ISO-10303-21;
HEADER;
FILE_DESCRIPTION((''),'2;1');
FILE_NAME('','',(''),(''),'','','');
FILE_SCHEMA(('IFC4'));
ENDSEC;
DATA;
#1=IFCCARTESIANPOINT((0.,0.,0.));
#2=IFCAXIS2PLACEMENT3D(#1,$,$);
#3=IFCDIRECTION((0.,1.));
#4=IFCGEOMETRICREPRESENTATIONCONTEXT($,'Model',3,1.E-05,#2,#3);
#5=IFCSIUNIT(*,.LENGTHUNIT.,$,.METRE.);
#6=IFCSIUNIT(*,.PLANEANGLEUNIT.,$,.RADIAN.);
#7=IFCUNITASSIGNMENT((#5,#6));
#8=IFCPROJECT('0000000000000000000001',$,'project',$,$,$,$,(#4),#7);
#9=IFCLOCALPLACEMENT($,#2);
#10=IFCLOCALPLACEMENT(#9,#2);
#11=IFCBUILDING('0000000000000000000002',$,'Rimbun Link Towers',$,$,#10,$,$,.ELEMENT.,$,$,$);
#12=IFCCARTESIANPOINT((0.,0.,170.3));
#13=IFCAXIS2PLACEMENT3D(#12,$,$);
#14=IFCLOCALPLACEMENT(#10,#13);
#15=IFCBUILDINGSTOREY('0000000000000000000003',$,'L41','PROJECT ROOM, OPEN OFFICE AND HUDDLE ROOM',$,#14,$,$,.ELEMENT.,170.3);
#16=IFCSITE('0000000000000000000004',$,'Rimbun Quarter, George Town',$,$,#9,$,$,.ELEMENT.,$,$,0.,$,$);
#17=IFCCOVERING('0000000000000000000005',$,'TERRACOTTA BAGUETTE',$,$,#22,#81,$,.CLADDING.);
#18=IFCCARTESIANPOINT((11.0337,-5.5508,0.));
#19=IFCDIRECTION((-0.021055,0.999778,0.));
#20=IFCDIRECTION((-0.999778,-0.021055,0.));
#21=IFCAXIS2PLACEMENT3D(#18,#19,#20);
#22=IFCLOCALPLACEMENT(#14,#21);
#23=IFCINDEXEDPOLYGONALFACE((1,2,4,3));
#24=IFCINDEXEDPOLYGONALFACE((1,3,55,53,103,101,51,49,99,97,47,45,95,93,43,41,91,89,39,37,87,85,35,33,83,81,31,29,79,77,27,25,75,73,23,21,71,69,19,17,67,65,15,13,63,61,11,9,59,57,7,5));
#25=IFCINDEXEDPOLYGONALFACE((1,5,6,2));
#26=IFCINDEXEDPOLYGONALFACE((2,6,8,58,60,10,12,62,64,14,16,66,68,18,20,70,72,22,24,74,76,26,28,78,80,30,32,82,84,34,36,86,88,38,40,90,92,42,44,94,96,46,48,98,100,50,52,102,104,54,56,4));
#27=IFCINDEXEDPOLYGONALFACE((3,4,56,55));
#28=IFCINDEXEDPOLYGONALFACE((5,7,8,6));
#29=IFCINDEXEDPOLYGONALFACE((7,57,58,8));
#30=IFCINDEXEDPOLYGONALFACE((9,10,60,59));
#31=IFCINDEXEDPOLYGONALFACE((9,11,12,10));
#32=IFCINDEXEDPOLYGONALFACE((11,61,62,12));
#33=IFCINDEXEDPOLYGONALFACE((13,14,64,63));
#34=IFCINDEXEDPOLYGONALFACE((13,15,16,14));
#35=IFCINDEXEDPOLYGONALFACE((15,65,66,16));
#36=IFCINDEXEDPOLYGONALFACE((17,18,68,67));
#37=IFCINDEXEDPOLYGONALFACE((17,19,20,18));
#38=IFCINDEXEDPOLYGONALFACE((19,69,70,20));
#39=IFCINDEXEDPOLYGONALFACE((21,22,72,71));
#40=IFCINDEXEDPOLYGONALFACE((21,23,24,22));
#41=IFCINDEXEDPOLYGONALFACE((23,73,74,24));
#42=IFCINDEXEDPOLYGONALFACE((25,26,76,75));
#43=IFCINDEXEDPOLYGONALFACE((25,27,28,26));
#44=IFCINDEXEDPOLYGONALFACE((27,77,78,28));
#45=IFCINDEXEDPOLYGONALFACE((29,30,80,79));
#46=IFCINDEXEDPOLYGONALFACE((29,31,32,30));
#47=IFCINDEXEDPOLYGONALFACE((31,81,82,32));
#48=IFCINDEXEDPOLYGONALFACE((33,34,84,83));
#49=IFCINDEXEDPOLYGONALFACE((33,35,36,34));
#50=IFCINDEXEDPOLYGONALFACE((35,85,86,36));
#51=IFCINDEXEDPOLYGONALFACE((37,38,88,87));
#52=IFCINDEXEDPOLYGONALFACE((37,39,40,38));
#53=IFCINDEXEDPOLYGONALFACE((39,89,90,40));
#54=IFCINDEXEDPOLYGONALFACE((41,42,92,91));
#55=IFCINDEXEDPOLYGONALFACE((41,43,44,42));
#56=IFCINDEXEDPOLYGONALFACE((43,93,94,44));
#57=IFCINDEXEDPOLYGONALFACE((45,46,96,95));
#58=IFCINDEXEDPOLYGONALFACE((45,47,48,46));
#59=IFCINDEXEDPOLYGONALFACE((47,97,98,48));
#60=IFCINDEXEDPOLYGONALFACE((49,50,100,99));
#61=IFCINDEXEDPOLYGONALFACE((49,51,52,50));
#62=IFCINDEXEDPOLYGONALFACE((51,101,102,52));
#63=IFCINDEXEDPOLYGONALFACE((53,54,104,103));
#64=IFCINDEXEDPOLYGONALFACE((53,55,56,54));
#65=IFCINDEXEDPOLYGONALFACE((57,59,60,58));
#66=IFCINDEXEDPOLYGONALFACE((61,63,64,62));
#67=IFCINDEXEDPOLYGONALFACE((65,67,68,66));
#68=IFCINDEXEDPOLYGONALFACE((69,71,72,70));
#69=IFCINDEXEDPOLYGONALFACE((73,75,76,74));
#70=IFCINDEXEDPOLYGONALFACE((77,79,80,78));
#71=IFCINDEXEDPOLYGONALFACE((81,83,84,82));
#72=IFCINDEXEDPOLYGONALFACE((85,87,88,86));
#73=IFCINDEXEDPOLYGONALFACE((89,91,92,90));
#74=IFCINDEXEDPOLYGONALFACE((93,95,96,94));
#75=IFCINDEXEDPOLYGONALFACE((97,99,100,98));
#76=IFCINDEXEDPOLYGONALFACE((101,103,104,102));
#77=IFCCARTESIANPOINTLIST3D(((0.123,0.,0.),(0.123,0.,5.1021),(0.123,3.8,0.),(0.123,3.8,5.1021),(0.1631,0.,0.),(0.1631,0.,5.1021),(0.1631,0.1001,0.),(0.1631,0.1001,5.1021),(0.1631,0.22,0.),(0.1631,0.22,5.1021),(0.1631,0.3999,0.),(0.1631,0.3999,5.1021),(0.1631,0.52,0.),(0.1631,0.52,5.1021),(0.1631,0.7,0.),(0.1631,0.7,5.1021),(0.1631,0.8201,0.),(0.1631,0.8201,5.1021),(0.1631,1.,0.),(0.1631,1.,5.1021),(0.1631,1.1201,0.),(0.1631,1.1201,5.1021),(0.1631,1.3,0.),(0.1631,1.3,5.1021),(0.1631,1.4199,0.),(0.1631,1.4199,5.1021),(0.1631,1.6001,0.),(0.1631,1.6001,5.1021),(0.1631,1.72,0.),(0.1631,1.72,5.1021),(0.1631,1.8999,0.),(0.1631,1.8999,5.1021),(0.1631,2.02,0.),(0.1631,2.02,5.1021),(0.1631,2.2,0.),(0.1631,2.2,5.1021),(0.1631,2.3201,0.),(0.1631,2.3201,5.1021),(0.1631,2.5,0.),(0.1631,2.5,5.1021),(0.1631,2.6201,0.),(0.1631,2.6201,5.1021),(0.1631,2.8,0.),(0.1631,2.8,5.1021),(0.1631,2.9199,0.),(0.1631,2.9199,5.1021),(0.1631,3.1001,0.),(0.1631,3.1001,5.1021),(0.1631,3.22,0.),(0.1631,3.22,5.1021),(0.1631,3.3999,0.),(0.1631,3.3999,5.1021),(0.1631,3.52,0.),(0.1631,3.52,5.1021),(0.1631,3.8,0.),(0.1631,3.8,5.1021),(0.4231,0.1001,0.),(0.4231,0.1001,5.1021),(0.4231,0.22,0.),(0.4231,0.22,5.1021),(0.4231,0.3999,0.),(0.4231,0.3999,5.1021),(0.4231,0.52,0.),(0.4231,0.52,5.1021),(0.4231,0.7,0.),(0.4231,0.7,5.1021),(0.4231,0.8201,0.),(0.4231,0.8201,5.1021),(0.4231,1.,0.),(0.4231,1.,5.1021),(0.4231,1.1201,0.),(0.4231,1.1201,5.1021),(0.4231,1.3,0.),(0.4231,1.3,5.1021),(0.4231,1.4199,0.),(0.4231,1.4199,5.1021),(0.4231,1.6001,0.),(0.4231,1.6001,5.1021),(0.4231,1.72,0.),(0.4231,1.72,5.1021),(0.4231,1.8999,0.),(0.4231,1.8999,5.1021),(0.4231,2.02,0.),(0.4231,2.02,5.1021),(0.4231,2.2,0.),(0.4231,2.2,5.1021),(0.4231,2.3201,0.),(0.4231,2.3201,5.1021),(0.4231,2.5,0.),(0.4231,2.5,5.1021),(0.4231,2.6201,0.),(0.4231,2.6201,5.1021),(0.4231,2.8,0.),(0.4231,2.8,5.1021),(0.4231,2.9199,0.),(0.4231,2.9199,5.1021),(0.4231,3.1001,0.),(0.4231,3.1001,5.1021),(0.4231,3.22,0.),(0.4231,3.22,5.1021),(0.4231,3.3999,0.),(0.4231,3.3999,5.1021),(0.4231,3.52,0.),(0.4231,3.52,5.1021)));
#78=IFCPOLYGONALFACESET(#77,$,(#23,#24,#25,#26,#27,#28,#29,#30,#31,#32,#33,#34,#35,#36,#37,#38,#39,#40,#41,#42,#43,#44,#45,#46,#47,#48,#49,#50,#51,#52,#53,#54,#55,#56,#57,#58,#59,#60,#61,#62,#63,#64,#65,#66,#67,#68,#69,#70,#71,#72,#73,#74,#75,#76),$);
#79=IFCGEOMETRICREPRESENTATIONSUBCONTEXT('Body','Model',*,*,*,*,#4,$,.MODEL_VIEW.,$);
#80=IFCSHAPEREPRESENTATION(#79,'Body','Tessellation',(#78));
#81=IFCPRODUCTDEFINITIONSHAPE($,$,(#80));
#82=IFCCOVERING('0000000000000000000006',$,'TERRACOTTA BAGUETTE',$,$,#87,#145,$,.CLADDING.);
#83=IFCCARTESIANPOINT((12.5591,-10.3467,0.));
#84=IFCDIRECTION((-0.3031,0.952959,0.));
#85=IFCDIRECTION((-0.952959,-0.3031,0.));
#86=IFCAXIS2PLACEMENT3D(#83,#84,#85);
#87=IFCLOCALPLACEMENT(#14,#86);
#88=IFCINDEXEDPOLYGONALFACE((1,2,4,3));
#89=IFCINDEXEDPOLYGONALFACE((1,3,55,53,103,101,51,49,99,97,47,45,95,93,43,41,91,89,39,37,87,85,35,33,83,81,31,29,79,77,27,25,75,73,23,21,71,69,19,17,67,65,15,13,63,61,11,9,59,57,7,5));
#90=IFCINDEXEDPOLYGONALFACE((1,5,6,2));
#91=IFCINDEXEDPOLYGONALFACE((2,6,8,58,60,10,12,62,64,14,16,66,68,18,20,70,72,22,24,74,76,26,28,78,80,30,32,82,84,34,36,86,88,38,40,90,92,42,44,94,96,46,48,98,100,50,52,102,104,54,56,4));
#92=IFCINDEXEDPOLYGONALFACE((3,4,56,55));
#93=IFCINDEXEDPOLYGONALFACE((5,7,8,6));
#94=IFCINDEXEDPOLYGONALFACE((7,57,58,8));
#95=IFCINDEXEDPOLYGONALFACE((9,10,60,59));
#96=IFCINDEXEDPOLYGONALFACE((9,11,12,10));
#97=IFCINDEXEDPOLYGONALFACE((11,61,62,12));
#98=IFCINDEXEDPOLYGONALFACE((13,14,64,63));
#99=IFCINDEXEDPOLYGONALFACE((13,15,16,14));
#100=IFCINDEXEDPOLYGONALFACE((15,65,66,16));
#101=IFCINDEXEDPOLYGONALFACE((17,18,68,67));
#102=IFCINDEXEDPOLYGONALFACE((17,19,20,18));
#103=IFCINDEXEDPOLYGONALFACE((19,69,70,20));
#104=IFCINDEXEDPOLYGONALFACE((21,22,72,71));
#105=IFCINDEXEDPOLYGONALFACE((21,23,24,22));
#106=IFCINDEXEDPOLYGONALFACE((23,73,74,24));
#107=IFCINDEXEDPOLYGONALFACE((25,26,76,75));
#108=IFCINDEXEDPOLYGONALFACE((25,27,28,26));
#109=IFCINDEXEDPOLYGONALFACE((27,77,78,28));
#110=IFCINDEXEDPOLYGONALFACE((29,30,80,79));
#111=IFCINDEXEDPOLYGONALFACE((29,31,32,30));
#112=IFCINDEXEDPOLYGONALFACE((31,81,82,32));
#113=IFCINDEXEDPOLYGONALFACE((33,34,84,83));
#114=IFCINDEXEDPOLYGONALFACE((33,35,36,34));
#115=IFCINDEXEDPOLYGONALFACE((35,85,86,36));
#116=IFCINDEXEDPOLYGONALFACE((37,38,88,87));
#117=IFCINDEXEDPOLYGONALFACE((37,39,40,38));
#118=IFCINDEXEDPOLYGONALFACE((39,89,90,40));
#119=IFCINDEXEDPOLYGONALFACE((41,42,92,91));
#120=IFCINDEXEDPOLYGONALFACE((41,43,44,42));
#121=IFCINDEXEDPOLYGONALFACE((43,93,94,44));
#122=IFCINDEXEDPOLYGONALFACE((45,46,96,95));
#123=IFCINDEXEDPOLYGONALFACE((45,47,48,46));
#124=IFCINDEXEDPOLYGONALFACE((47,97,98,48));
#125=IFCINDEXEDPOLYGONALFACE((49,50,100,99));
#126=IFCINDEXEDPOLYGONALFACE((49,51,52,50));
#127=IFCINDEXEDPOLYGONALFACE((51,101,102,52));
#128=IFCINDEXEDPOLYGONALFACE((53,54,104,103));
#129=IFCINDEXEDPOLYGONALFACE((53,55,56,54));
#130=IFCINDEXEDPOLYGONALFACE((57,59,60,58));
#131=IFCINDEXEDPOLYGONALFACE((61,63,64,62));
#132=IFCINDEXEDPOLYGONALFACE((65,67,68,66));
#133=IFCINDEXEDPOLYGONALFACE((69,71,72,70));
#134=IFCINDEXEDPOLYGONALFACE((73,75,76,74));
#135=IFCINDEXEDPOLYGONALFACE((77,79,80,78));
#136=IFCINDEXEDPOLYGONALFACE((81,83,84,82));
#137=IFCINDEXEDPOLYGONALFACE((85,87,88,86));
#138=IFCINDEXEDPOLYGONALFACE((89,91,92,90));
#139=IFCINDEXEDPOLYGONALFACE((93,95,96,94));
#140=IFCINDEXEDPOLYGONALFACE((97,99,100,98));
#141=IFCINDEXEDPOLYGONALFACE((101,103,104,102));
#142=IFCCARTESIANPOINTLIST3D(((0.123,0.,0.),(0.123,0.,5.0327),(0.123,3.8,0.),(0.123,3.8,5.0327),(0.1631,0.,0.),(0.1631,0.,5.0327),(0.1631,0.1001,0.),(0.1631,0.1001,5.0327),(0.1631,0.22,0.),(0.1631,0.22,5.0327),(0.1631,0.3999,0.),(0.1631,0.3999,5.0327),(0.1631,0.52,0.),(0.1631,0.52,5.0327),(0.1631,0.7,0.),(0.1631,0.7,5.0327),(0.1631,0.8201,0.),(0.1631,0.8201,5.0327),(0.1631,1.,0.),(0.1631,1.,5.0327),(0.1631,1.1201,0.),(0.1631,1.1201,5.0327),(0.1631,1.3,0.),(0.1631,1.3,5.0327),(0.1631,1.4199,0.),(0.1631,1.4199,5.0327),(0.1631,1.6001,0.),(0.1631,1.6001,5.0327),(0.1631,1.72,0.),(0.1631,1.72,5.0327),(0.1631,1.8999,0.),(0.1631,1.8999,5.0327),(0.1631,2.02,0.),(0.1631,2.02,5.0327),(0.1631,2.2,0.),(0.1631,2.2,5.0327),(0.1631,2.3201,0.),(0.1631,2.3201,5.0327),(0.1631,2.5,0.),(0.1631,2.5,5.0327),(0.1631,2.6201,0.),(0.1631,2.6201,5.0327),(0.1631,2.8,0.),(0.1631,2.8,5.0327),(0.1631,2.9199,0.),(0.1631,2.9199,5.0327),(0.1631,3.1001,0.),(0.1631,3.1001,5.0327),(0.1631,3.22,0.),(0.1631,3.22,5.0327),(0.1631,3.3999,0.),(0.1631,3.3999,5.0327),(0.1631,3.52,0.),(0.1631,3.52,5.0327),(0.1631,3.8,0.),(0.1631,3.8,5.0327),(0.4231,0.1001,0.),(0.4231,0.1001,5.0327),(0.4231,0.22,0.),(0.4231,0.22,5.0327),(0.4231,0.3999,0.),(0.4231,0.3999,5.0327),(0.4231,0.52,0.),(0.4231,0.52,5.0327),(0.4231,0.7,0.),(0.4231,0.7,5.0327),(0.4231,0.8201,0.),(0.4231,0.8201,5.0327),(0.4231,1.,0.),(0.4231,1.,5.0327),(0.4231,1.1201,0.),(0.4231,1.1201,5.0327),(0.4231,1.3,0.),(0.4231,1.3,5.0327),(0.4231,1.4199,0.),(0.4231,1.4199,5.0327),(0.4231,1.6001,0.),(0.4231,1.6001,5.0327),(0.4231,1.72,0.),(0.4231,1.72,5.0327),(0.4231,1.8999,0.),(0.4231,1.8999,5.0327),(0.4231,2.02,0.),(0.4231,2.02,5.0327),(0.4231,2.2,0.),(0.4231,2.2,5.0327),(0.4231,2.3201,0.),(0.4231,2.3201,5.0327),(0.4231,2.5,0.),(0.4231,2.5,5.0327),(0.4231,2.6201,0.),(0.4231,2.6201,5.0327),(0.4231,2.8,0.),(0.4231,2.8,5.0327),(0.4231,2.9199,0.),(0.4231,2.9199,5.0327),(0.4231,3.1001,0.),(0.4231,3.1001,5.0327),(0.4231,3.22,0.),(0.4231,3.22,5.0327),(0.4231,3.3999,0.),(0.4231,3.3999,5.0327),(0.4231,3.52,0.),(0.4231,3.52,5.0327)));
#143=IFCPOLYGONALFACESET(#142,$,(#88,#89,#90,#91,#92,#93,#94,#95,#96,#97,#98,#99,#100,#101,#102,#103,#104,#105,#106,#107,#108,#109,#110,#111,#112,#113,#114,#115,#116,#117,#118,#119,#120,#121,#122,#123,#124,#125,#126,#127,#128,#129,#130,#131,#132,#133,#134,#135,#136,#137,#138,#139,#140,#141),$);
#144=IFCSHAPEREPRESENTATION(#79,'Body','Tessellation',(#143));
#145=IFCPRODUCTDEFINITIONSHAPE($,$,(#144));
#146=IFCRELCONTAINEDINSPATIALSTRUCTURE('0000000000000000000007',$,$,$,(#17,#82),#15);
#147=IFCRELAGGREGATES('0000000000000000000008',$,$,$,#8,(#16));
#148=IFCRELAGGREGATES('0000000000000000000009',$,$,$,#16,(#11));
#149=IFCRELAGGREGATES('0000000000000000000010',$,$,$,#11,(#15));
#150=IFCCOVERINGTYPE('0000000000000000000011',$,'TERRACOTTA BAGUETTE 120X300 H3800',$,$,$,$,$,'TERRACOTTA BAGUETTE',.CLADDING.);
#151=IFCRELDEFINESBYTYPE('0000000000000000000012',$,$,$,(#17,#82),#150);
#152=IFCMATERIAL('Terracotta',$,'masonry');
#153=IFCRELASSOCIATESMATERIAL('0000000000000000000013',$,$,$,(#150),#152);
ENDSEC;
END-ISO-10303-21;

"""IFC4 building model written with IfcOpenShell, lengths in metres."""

from ifc_helpers import new_model, si_unit, direction, frame, origin, place, context, subcontext, project, spatial, polyline, outline, extrude, material, material_profile, profile_set, type_object, element, save


model = new_model("IFC4")

# Units and contexts
model_context = context("Model", 3, precision=1e-05, world=origin(), true_north=direction((0.0, 1.0)))
body_context = subcontext(model_context, "Body", "Model", "MODEL_VIEW")
ifc_project = project(units=[si_unit("LENGTHUNIT", "METRE"), si_unit("PLANEANGLEUNIT", "RADIAN")], contexts=[model_context])

# Site, building, storey
site_placement = place(None, origin())
site = spatial("IfcSite", under=ifc_project, at=site_placement, Name="Rimbun Quarter, George Town", CompositionType="ELEMENT", RefElevation=0.0)
building_placement = place(site_placement, origin())
building = spatial("IfcBuilding", under=site, at=building_placement, Name="Rimbun Link Towers", CompositionType="ELEMENT")
storey_placement = place(building_placement, frame((0.0, 0.0, 170.3)))
storey = spatial("IfcBuildingStorey", under=building, at=storey_placement, Name="L41", Description="PROJECT ROOM, OPEN OFFICE AND HUDDLE ROOM", CompositionType="ELEMENT", Elevation=170.3)

# Coverings
ifc_material_1 = material(Name="Terracotta", Category="masonry")
ifc_material_profile_1 = material_profile(ifc_material_1, outline(polyline([(0.123, 0.0), (0.1631, 0.0), (0.1631, 0.1001), (0.4231, 0.1001), (0.4231, 0.22), (0.1631, 0.22), (0.1631, 0.3999), (0.4231, 0.3999), (0.4231, 0.52), (0.1631, 0.52), (0.1631, 0.7), (0.4231, 0.7), (0.4231, 0.8201), (0.1631, 0.8201), (0.1631, 1.0), (0.4231, 1.0), (0.4231, 1.1201), (0.1631, 1.1201), (0.1631, 1.3), (0.4231, 1.3), (0.4231, 1.4199), (0.1631, 1.4199), (0.1631, 1.6001), (0.4231, 1.6001), (0.4231, 1.72), (0.1631, 1.72), (0.1631, 1.8999), (0.4231, 1.8999), (0.4231, 2.02), (0.1631, 2.02), (0.1631, 2.2), (0.4231, 2.2), (0.4231, 2.3201), (0.1631, 2.3201), (0.1631, 2.5), (0.4231, 2.5), (0.4231, 2.6201), (0.1631, 2.6201), (0.1631, 2.8), (0.4231, 2.8), (0.4231, 2.9199), (0.1631, 2.9199), (0.1631, 3.1001), (0.4231, 3.1001), (0.4231, 3.22), (0.1631, 3.22), (0.1631, 3.3999), (0.4231, 3.3999), (0.4231, 3.52), (0.1631, 3.52), (0.1631, 3.8), (0.123, 3.8), (0.123, 0.0)])), Name="BAGUETTE 120X300")
ifc_profile_set_1 = profile_set([ifc_material_profile_1], Name="Terracotta")
covering_type = type_object("IfcCoveringType", Name="TERRACOTTA BAGUETTE 120X300 H3800", ElementType="TERRACOTTA BAGUETTE", PredefinedType="CLADDING", material=ifc_profile_set_1)
covering_1_placement = place(storey_placement, frame((11.0337, -5.5508, 0.0), z_axis=(-0.021055, 0.999778, 0.0), x_axis=(-0.999778, -0.021055, 0.0)))
element("IfcCovering", 1, at=covering_1_placement, inside=storey, type_object=covering_type, Name="TERRACOTTA BAGUETTE", PredefinedType="CLADDING", context=body_context, shape_type="SweptSolid", body=[
    extrude(outline(polyline([(0.123, 0.0), (0.1631, 0.0), (0.1631, 0.1001), (0.4231, 0.1001), (0.4231, 0.22), (0.1631, 0.22), (0.1631, 0.3999), (0.4231, 0.3999), (0.4231, 0.52), (0.1631, 0.52), (0.1631, 0.7), (0.4231, 0.7), (0.4231, 0.8201), (0.1631, 0.8201), (0.1631, 1.0), (0.4231, 1.0), (0.4231, 1.1201), (0.1631, 1.1201), (0.1631, 1.3), (0.4231, 1.3), (0.4231, 1.4199), (0.1631, 1.4199), (0.1631, 1.6001), (0.4231, 1.6001), (0.4231, 1.72), (0.1631, 1.72), (0.1631, 1.8999), (0.4231, 1.8999), (0.4231, 2.02), (0.1631, 2.02), (0.1631, 2.2), (0.4231, 2.2), (0.4231, 2.3201), (0.1631, 2.3201), (0.1631, 2.5), (0.4231, 2.5), (0.4231, 2.6201), (0.1631, 2.6201), (0.1631, 2.8), (0.4231, 2.8), (0.4231, 2.9199), (0.1631, 2.9199), (0.1631, 3.1001), (0.4231, 3.1001), (0.4231, 3.22), (0.1631, 3.22), (0.1631, 3.3999), (0.4231, 3.3999), (0.4231, 3.52), (0.1631, 3.52), (0.1631, 3.8), (0.123, 3.8), (0.123, 0.0)])), origin(), (0.0, 0.0, 1.0), 5.1021),
])
covering_2_placement = place(storey_placement, frame((12.5591, -10.3467, 0.0), z_axis=(-0.3031, 0.952959, 0.0), x_axis=(-0.952959, -0.3031, 0.0)))
element("IfcCovering", 2, at=covering_2_placement, inside=storey, type_object=covering_type, Name="TERRACOTTA BAGUETTE", PredefinedType="CLADDING", context=body_context, shape_type="SweptSolid", body=[
    extrude(outline(polyline([(0.123, 0.0), (0.1631, 0.0), (0.1631, 0.1001), (0.4231, 0.1001), (0.4231, 0.22), (0.1631, 0.22), (0.1631, 0.3999), (0.4231, 0.3999), (0.4231, 0.52), (0.1631, 0.52), (0.1631, 0.7), (0.4231, 0.7), (0.4231, 0.8201), (0.1631, 0.8201), (0.1631, 1.0), (0.4231, 1.0), (0.4231, 1.1201), (0.1631, 1.1201), (0.1631, 1.3), (0.4231, 1.3), (0.4231, 1.4199), (0.1631, 1.4199), (0.1631, 1.6001), (0.4231, 1.6001), (0.4231, 1.72), (0.1631, 1.72), (0.1631, 1.8999), (0.4231, 1.8999), (0.4231, 2.02), (0.1631, 2.02), (0.1631, 2.2), (0.4231, 2.2), (0.4231, 2.3201), (0.1631, 2.3201), (0.1631, 2.5), (0.4231, 2.5), (0.4231, 2.6201), (0.1631, 2.6201), (0.1631, 2.8), (0.4231, 2.8), (0.4231, 2.9199), (0.1631, 2.9199), (0.1631, 3.1001), (0.4231, 3.1001), (0.4231, 3.22), (0.1631, 3.22), (0.1631, 3.3999), (0.4231, 3.3999), (0.4231, 3.52), (0.1631, 3.52), (0.1631, 3.8), (0.123, 3.8), (0.123, 0.0)])), origin(), (0.0, 0.0, 1.0), 5.0327),
])

save(model, "model.ifc")
